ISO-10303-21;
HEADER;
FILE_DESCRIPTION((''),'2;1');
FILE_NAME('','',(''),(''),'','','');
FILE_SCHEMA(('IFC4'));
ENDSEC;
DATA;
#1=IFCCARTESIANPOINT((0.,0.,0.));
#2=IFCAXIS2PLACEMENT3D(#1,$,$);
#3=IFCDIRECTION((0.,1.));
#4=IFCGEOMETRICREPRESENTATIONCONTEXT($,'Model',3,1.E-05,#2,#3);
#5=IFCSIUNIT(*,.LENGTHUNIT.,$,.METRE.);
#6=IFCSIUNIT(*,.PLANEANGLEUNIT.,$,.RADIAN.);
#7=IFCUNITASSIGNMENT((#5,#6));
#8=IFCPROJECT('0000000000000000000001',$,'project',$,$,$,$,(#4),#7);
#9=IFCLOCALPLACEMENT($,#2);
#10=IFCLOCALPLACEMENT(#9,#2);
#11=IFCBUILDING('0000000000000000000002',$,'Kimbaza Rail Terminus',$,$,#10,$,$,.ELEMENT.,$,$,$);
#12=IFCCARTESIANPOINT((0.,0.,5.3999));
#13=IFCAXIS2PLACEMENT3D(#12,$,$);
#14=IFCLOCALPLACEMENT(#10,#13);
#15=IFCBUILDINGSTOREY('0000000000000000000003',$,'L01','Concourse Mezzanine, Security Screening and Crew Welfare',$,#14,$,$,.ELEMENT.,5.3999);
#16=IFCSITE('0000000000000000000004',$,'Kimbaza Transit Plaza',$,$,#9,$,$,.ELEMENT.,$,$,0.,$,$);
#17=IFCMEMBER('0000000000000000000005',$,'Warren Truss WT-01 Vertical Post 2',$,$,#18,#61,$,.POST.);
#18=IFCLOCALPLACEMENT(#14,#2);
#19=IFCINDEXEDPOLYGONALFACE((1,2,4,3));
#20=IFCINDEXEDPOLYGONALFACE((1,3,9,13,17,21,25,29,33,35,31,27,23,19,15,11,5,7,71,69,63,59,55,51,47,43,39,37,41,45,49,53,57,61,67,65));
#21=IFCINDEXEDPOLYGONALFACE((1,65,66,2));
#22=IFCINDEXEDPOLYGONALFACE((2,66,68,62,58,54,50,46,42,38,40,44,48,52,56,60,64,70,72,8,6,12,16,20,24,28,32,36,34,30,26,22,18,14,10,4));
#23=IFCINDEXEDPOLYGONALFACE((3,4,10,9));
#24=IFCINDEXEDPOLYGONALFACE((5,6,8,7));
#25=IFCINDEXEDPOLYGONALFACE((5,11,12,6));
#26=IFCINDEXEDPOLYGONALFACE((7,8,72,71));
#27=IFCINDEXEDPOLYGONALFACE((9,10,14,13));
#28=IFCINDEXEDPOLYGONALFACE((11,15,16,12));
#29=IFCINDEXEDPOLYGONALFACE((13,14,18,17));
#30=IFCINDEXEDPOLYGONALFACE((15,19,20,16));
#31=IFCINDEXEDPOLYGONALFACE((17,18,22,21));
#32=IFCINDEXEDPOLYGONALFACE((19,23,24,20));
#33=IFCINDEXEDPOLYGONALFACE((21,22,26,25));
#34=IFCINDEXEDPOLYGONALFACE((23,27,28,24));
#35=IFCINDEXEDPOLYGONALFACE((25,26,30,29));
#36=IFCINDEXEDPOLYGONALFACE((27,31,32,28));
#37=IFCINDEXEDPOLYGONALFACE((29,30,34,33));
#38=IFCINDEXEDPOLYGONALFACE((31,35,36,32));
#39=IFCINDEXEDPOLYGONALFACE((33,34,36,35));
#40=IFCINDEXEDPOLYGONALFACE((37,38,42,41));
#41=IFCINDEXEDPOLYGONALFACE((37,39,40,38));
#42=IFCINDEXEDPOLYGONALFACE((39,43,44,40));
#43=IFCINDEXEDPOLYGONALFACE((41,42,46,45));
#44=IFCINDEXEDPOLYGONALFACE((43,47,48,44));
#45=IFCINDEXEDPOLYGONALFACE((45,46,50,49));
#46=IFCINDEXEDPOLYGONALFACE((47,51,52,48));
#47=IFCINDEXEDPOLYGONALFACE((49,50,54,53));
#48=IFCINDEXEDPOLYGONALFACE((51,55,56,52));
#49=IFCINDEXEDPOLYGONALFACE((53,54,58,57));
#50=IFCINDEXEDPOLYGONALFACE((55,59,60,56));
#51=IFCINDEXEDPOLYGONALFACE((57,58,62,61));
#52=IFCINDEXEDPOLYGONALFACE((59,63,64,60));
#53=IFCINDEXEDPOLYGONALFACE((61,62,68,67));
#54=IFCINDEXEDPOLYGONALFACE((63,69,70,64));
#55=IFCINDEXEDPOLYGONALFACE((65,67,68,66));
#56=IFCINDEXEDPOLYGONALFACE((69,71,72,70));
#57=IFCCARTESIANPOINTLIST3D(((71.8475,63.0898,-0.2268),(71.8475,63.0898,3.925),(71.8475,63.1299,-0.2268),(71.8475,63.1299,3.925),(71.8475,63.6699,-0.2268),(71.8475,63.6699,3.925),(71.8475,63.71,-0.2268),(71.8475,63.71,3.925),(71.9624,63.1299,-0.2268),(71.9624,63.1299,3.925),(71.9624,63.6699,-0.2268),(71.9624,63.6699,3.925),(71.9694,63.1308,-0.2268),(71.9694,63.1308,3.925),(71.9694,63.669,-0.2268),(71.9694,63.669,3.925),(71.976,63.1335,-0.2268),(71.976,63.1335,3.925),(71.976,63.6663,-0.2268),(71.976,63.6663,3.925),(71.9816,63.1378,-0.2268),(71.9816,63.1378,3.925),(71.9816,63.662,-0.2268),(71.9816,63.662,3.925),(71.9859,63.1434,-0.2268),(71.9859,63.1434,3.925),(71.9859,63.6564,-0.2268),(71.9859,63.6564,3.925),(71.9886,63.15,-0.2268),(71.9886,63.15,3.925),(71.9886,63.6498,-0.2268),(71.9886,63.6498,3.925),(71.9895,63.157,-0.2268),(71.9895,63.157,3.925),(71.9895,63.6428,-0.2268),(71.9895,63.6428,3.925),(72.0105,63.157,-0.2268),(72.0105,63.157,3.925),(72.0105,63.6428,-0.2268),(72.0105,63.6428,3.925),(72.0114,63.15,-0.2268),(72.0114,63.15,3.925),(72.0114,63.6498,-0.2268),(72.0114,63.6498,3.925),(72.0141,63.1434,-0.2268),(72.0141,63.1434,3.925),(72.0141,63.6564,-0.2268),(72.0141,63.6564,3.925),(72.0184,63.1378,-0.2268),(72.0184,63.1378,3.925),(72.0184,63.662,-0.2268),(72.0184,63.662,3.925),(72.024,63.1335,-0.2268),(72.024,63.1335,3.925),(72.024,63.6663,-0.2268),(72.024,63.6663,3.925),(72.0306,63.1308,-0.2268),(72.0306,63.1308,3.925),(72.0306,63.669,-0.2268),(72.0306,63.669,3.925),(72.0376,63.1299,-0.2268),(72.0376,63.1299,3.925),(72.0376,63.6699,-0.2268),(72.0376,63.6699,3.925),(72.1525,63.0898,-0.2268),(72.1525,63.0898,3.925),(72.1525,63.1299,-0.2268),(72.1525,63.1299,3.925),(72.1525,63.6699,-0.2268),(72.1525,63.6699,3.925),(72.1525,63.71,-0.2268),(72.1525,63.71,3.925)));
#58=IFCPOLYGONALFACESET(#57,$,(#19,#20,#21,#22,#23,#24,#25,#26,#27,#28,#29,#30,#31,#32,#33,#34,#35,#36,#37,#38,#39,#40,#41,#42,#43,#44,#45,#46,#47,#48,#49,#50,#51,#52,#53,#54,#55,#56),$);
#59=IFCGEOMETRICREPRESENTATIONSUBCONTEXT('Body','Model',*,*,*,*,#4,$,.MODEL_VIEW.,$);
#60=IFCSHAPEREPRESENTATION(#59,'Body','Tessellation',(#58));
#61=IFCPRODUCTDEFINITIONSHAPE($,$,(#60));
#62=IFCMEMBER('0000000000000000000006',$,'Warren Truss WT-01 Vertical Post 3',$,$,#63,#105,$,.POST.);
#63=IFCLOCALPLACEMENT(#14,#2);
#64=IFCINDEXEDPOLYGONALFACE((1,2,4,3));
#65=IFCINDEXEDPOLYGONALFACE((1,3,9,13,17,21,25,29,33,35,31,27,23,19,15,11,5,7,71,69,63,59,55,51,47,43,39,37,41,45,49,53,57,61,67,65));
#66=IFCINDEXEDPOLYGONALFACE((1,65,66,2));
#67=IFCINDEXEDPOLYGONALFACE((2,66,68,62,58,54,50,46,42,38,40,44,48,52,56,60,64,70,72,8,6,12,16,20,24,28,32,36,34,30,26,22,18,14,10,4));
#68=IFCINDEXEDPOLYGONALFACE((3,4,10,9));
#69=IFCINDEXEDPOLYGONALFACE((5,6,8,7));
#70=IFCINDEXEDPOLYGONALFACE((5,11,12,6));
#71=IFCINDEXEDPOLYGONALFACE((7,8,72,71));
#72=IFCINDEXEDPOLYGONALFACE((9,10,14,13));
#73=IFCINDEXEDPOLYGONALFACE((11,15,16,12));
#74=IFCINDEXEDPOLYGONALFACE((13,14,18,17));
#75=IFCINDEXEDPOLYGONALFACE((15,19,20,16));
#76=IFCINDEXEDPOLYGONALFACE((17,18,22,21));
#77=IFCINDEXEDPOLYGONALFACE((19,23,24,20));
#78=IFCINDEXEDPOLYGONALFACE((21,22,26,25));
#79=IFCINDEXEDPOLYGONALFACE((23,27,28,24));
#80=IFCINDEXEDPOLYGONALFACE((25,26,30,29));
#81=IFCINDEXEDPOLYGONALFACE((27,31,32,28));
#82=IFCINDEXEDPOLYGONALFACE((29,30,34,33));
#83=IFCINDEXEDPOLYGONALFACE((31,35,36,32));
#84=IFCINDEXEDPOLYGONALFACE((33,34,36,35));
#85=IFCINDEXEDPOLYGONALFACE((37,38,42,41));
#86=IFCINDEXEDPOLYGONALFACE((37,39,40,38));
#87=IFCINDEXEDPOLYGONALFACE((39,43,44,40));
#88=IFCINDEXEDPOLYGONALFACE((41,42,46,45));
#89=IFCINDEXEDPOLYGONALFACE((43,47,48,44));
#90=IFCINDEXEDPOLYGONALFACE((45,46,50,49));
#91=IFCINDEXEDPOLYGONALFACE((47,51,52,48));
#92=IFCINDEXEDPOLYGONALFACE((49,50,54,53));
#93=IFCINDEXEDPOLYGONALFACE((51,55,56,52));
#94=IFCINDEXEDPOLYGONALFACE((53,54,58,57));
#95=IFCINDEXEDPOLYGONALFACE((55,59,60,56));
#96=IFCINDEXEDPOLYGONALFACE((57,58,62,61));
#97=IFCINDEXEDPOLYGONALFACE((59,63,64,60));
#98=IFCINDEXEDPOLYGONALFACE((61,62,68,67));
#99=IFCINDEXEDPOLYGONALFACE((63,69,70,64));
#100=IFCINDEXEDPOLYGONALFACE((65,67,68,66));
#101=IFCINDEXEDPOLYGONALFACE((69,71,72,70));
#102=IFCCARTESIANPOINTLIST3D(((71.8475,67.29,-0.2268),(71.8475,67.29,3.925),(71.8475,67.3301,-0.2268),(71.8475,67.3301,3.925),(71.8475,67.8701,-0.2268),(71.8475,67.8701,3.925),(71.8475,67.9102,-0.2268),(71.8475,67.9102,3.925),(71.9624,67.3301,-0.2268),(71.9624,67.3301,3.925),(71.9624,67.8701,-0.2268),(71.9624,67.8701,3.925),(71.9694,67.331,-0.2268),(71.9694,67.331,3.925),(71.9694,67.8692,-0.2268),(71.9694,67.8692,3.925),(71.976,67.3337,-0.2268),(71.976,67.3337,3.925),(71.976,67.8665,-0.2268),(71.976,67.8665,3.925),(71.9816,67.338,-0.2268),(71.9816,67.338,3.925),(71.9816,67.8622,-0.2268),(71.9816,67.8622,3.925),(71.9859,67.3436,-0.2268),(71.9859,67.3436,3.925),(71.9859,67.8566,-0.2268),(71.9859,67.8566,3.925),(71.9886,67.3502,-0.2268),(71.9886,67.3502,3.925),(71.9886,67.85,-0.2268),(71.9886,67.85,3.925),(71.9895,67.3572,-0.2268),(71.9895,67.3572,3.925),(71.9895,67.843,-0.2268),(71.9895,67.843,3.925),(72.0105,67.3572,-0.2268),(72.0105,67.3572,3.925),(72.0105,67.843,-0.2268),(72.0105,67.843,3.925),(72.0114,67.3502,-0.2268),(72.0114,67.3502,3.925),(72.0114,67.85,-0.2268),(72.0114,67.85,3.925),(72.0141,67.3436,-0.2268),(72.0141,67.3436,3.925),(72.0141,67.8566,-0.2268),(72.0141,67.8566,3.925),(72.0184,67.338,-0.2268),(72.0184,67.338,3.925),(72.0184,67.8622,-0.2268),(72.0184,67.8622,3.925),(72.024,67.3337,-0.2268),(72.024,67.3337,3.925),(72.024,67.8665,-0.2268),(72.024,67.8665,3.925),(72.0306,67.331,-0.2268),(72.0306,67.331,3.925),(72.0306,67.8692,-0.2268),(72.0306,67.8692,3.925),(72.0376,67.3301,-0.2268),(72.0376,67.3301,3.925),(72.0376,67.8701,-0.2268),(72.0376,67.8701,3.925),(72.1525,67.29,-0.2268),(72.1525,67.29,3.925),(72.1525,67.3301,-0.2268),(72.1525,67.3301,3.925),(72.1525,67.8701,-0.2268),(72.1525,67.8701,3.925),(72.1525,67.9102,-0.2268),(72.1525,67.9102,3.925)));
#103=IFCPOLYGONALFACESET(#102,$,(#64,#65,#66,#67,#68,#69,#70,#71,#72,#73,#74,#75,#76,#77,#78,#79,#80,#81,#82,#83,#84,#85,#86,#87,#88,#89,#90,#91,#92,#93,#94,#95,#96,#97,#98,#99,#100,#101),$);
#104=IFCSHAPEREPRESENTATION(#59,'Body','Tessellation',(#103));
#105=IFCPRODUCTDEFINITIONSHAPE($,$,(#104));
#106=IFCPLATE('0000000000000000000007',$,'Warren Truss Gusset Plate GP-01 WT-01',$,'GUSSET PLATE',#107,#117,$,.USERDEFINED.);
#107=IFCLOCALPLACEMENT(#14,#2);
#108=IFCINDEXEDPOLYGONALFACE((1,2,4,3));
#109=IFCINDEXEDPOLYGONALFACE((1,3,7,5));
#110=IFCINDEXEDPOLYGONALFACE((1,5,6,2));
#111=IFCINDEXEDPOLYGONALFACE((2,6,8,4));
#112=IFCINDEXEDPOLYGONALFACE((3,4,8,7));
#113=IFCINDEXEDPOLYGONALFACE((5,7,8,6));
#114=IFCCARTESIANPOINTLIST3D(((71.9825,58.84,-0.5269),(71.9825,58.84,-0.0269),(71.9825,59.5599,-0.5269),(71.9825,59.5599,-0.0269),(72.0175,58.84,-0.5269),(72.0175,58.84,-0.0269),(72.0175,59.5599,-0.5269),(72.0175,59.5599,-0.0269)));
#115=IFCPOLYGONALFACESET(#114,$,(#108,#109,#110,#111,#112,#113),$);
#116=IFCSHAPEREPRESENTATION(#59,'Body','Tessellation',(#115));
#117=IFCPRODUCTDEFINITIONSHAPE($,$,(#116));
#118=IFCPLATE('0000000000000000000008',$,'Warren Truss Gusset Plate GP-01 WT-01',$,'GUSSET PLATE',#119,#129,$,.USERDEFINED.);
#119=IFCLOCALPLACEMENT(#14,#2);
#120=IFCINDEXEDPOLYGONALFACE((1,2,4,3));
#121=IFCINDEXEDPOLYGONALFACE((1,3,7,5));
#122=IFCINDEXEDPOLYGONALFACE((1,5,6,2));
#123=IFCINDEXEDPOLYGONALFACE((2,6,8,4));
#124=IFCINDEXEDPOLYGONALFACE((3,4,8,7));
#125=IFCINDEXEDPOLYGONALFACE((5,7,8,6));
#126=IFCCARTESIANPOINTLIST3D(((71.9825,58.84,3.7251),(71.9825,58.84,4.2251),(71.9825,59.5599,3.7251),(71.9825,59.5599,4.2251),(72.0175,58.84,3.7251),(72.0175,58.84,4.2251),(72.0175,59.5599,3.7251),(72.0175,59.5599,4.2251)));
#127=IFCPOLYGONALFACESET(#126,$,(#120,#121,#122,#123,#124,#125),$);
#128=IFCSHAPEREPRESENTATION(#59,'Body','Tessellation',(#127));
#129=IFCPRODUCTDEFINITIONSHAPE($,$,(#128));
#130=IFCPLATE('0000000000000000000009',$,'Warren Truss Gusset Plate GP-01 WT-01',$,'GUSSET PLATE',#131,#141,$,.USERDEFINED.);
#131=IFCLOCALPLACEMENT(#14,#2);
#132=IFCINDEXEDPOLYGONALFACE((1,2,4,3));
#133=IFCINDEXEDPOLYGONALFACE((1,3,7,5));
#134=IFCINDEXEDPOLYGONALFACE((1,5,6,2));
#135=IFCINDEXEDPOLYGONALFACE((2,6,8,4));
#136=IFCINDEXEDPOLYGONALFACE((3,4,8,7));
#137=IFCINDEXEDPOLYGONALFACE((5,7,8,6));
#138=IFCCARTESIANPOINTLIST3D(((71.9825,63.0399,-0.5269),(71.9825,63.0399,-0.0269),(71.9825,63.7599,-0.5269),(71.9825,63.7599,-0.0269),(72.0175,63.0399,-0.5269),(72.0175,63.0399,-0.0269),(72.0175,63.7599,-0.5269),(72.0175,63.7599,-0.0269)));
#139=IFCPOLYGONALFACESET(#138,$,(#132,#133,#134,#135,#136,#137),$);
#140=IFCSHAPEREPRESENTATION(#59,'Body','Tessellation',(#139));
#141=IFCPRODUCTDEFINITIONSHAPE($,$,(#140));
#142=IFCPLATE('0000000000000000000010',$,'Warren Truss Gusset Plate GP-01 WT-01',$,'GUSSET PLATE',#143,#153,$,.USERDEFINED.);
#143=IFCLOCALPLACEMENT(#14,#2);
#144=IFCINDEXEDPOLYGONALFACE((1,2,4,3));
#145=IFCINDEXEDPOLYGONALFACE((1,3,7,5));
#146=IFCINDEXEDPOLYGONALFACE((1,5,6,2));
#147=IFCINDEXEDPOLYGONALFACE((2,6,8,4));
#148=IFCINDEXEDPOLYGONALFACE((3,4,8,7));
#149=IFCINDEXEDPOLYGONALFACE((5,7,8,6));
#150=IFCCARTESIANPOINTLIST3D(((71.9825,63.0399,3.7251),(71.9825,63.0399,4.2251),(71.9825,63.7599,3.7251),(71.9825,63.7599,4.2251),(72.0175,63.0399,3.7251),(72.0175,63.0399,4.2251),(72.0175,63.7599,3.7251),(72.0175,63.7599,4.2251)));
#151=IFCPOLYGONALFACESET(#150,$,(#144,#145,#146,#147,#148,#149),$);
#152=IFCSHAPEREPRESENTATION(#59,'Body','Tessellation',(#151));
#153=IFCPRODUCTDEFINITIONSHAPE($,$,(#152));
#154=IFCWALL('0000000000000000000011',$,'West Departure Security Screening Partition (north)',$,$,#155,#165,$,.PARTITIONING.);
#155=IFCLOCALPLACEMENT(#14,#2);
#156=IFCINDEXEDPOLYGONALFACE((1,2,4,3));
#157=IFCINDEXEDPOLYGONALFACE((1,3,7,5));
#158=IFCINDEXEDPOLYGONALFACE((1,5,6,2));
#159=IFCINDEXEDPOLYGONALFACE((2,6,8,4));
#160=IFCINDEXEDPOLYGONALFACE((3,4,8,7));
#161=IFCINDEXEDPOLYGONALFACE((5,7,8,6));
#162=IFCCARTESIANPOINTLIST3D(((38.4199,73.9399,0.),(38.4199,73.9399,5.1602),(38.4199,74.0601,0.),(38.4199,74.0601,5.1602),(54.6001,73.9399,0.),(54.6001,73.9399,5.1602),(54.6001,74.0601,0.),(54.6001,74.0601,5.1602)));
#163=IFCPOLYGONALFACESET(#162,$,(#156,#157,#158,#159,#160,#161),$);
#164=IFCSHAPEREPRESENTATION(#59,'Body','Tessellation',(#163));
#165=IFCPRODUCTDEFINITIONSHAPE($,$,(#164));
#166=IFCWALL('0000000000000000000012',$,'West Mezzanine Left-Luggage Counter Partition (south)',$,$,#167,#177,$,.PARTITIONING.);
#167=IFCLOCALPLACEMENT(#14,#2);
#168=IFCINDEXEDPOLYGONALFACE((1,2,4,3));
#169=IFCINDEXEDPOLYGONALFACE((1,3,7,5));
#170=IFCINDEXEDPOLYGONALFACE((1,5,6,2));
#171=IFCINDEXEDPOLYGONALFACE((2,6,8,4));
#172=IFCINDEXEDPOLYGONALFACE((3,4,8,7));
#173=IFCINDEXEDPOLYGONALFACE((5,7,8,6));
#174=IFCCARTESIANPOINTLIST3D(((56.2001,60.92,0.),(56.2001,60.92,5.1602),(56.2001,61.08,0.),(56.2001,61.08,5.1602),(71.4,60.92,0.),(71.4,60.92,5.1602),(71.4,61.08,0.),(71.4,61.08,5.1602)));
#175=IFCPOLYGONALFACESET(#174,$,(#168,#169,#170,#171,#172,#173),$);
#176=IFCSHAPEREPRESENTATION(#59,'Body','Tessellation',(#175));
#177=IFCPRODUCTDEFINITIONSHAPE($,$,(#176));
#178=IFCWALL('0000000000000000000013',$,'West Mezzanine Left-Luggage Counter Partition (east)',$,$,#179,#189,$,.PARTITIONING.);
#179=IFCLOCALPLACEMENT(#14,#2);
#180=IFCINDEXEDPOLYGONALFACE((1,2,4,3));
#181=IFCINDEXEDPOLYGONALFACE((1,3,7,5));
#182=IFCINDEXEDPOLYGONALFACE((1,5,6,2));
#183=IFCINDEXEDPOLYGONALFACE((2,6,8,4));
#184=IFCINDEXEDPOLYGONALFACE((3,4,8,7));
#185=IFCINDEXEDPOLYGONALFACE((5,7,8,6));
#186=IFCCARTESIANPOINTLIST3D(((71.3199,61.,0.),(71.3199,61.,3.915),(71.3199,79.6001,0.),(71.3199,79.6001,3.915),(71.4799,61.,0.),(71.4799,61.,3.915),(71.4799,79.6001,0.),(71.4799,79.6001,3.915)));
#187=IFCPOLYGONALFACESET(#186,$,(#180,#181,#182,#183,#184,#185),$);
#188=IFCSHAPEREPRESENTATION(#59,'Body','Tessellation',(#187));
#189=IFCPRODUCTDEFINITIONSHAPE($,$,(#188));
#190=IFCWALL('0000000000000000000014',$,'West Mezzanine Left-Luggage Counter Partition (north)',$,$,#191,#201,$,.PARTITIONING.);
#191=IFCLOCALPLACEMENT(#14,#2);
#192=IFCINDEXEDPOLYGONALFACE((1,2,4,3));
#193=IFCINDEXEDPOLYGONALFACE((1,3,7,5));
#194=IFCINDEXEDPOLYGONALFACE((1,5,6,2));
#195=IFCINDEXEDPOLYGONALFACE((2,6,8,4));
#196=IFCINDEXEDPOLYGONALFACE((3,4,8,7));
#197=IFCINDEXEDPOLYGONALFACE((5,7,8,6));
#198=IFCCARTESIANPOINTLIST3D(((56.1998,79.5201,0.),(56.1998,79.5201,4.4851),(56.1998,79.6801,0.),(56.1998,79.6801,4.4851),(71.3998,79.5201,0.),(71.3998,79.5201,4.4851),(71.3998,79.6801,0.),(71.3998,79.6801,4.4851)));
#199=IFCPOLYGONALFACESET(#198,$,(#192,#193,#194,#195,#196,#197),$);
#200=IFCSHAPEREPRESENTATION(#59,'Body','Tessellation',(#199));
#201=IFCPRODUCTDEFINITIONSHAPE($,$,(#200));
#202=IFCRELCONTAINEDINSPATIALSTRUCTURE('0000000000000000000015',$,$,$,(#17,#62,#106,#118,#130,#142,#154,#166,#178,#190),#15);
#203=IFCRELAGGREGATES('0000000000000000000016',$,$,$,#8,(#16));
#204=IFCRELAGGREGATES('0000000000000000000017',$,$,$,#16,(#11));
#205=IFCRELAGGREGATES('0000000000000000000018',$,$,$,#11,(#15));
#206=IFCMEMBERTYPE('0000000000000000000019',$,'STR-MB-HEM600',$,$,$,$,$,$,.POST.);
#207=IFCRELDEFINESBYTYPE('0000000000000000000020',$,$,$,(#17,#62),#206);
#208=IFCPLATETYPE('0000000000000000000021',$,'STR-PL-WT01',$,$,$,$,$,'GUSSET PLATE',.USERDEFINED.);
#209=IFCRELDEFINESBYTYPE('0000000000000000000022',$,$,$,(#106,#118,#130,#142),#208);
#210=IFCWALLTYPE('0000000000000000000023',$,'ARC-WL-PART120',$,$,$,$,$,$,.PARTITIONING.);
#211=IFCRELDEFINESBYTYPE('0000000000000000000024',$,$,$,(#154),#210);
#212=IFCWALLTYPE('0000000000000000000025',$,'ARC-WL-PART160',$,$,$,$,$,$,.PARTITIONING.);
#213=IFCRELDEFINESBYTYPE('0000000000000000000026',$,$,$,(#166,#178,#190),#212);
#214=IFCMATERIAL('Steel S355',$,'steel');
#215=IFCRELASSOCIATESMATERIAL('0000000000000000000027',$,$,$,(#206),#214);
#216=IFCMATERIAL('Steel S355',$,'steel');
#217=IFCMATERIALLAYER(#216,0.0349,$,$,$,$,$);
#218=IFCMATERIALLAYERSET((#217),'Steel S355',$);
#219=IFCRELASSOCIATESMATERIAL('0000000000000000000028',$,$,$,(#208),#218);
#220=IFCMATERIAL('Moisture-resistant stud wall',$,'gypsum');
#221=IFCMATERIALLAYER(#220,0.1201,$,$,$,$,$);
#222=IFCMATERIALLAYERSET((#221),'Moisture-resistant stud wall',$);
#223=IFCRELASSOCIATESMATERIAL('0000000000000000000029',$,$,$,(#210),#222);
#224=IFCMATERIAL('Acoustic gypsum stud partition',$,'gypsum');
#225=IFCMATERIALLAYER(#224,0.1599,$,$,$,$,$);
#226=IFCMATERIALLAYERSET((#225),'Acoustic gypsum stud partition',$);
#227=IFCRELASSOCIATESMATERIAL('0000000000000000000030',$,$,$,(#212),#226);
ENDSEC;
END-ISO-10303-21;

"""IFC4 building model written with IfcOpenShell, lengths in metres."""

from ifc_helpers import new_model, si_unit, direction, frame, frame_2d, origin, origin_2d, place, context, subcontext, project, spatial, rectangle, i_section, extrude, material, layer, layer_set, material_profile, profile_set, type_object, element, save


model = new_model("IFC4")

# Units and contexts
model_context = context("Model", 3, precision=1e-05, world=origin(), true_north=direction((0.0, 1.0)))
body_context = subcontext(model_context, "Body", "Model", "MODEL_VIEW")
ifc_project = project(units=[si_unit("LENGTHUNIT", "METRE"), si_unit("PLANEANGLEUNIT", "RADIAN")], contexts=[model_context])

# Site, building, storey
site_placement = place(None, origin())
site = spatial("IfcSite", under=ifc_project, at=site_placement, Name="Kimbaza Transit Plaza", CompositionType="ELEMENT", RefElevation=0.0)
building_placement = place(site_placement, origin())
building = spatial("IfcBuilding", under=site, at=building_placement, Name="Kimbaza Rail Terminus", CompositionType="ELEMENT")
storey_placement = place(building_placement, frame((0.0, 0.0, 5.3999)))
storey = spatial("IfcBuildingStorey", under=building, at=storey_placement, Name="L01", Description="Concourse Mezzanine, Security Screening and Crew Welfare", CompositionType="ELEMENT", Elevation=5.3999)

# Members
ifc_material_1 = material(Name="Steel S355", Category="steel")
ifc_material_profile_1 = material_profile(ifc_material_1, i_section(OverallWidth=0.3049, OverallDepth=0.6201, WebThickness=0.021, FlangeThickness=0.04, FilletRadius=0.0271, at=origin_2d()), Name="HEM 600")
ifc_profile_set_1 = profile_set([ifc_material_profile_1], Name="Steel S355")
member_type_1 = type_object("IfcMemberType", Name="STR-MB-HEM600", PredefinedType="POST", material=ifc_profile_set_1)
for number, where, z_axis, x_axis, name in (
    (1, (72.0, 63.3999, -0.2268), (0.0, 0.0, 1.0), (1.0, 0.0, 0.0), "Warren Truss WT-01 Vertical Post 2"),
    (2, (72.0, 67.6001, -0.2268), (0.0, 0.0, 1.0), (1.0, 0.0, 0.0), "Warren Truss WT-01 Vertical Post 3"),
):
    element("IfcMember", number, at=place(storey_placement, frame(where, z_axis=z_axis, x_axis=x_axis)), inside=storey, type_object=member_type_1, Name=name, PredefinedType="POST", context=body_context, shape_type="SweptSolid", body=[
        extrude(i_section(OverallWidth=0.3049, OverallDepth=0.6201, WebThickness=0.021, FlangeThickness=0.04, FilletRadius=0.0271, at=origin_2d()), origin(), (0.0, 0.0, 1.0), 4.1519),
    ])

# Plates
ifc_material_2 = material(Name="Steel S355", Category="steel")
ifc_layer_1 = layer(ifc_material_2, 0.0349)
ifc_layer_set_1 = layer_set([ifc_layer_1], Name="Steel S355")
plate_type = type_object("IfcPlateType", Name="STR-PL-WT01", ElementType="GUSSET PLATE", PredefinedType="USERDEFINED", material=ifc_layer_set_1)
for number, where, z_axis, x_axis, name in (
    (3, (72.0, 59.2, -0.5269), (0.0, 0.0, 1.0), (1.0, 0.0, 0.0), "Warren Truss Gusset Plate GP-01 WT-01"),
    (4, (72.0, 59.2, 3.7251), (0.0, 0.0, 1.0), (1.0, 0.0, 0.0), "Warren Truss Gusset Plate GP-01 WT-01"),
    (5, (72.0, 63.3999, -0.5269), (0.0, 0.0, 1.0), (1.0, 0.0, 0.0), "Warren Truss Gusset Plate GP-01 WT-01"),
    (6, (72.0, 63.3999, 3.7251), (0.0, 0.0, 1.0), (1.0, 0.0, 0.0), "Warren Truss Gusset Plate GP-01 WT-01"),
):
    element("IfcPlate", number, at=place(storey_placement, frame(where, z_axis=z_axis, x_axis=x_axis)), inside=storey, type_object=plate_type, Name=name, ObjectType="GUSSET PLATE", PredefinedType="USERDEFINED", context=body_context, shape_type="SweptSolid", body=[
        extrude(rectangle(XDim=0.0349, YDim=0.72, at=origin_2d()), origin(), (0.0, 0.0, 1.0), 0.5),
    ])

# Walls
ifc_material_3 = material(Name="Moisture-resistant stud wall", Category="gypsum")
ifc_layer_2 = layer(ifc_material_3, 0.1201)
ifc_layer_set_2 = layer_set([ifc_layer_2], Name="Moisture-resistant stud wall")
wall_type_1 = type_object("IfcWallType", Name="ARC-WL-PART120", PredefinedType="PARTITIONING", material=ifc_layer_set_2)
wall_1_placement = place(storey_placement, frame((54.6001, 74.0, 0.0), z_axis=(0.0, 0.0, 1.0), x_axis=(-1.0, 0.0, 0.0)))
element("IfcWall", 7, at=wall_1_placement, inside=storey, type_object=wall_type_1, Name="West Departure Security Screening Partition (north)", PredefinedType="PARTITIONING", context=body_context, shape_type="SweptSolid", body=[
    extrude(rectangle(XDim=16.1802, YDim=0.1201, at=frame_2d((8.0901, 0.0))), origin(), (0.0, 0.0, 1.0), 5.1602),
])
ifc_material_4 = material(Name="Acoustic gypsum stud partition", Category="gypsum")
ifc_layer_3 = layer(ifc_material_4, 0.1599)
ifc_layer_set_3 = layer_set([ifc_layer_3], Name="Acoustic gypsum stud partition")
wall_type_2 = type_object("IfcWallType", Name="ARC-WL-PART160", PredefinedType="PARTITIONING", material=ifc_layer_set_3)
wall_2_placement = place(storey_placement, frame((56.2, 61.0, 0.0), z_axis=(0.0, 0.0, 1.0), x_axis=(1.0, 0.0, 0.0)))
element("IfcWall", 8, at=wall_2_placement, inside=storey, type_object=wall_type_2, Name="West Mezzanine Left-Luggage Counter Partition (south)", PredefinedType="PARTITIONING", context=body_context, shape_type="SweptSolid", body=[
    extrude(rectangle(XDim=15.2, YDim=0.1599, at=frame_2d((7.6001, 0.0))), origin(), (0.0, 0.0, 1.0), 5.1602),
])
wall_3_placement = place(storey_placement, frame((71.3999, 61.0, 0.0), z_axis=(0.0, 0.0, 1.0), x_axis=(0.0, 1.0, 0.0)))
element("IfcWall", 9, at=wall_3_placement, inside=storey, type_object=wall_type_2, Name="West Mezzanine Left-Luggage Counter Partition (east)", PredefinedType="PARTITIONING", context=body_context, shape_type="SweptSolid", body=[
    extrude(rectangle(XDim=18.6001, YDim=0.1599, at=frame_2d((9.3, 0.0))), origin(), (0.0, 0.0, 1.0), 3.915),
])
wall_4_placement = place(storey_placement, frame((71.3999, 79.6001, 0.0), z_axis=(0.0, 0.0, 1.0), x_axis=(-1.0, 0.0, 0.0)))
element("IfcWall", 10, at=wall_4_placement, inside=storey, type_object=wall_type_2, Name="West Mezzanine Left-Luggage Counter Partition (north)", PredefinedType="PARTITIONING", context=body_context, shape_type="SweptSolid", body=[
    extrude(rectangle(XDim=15.2, YDim=0.1599, at=frame_2d((7.6001, 0.0))), origin(), (0.0, 0.0, 1.0), 4.4851),
])

save(model, "model.ifc")
